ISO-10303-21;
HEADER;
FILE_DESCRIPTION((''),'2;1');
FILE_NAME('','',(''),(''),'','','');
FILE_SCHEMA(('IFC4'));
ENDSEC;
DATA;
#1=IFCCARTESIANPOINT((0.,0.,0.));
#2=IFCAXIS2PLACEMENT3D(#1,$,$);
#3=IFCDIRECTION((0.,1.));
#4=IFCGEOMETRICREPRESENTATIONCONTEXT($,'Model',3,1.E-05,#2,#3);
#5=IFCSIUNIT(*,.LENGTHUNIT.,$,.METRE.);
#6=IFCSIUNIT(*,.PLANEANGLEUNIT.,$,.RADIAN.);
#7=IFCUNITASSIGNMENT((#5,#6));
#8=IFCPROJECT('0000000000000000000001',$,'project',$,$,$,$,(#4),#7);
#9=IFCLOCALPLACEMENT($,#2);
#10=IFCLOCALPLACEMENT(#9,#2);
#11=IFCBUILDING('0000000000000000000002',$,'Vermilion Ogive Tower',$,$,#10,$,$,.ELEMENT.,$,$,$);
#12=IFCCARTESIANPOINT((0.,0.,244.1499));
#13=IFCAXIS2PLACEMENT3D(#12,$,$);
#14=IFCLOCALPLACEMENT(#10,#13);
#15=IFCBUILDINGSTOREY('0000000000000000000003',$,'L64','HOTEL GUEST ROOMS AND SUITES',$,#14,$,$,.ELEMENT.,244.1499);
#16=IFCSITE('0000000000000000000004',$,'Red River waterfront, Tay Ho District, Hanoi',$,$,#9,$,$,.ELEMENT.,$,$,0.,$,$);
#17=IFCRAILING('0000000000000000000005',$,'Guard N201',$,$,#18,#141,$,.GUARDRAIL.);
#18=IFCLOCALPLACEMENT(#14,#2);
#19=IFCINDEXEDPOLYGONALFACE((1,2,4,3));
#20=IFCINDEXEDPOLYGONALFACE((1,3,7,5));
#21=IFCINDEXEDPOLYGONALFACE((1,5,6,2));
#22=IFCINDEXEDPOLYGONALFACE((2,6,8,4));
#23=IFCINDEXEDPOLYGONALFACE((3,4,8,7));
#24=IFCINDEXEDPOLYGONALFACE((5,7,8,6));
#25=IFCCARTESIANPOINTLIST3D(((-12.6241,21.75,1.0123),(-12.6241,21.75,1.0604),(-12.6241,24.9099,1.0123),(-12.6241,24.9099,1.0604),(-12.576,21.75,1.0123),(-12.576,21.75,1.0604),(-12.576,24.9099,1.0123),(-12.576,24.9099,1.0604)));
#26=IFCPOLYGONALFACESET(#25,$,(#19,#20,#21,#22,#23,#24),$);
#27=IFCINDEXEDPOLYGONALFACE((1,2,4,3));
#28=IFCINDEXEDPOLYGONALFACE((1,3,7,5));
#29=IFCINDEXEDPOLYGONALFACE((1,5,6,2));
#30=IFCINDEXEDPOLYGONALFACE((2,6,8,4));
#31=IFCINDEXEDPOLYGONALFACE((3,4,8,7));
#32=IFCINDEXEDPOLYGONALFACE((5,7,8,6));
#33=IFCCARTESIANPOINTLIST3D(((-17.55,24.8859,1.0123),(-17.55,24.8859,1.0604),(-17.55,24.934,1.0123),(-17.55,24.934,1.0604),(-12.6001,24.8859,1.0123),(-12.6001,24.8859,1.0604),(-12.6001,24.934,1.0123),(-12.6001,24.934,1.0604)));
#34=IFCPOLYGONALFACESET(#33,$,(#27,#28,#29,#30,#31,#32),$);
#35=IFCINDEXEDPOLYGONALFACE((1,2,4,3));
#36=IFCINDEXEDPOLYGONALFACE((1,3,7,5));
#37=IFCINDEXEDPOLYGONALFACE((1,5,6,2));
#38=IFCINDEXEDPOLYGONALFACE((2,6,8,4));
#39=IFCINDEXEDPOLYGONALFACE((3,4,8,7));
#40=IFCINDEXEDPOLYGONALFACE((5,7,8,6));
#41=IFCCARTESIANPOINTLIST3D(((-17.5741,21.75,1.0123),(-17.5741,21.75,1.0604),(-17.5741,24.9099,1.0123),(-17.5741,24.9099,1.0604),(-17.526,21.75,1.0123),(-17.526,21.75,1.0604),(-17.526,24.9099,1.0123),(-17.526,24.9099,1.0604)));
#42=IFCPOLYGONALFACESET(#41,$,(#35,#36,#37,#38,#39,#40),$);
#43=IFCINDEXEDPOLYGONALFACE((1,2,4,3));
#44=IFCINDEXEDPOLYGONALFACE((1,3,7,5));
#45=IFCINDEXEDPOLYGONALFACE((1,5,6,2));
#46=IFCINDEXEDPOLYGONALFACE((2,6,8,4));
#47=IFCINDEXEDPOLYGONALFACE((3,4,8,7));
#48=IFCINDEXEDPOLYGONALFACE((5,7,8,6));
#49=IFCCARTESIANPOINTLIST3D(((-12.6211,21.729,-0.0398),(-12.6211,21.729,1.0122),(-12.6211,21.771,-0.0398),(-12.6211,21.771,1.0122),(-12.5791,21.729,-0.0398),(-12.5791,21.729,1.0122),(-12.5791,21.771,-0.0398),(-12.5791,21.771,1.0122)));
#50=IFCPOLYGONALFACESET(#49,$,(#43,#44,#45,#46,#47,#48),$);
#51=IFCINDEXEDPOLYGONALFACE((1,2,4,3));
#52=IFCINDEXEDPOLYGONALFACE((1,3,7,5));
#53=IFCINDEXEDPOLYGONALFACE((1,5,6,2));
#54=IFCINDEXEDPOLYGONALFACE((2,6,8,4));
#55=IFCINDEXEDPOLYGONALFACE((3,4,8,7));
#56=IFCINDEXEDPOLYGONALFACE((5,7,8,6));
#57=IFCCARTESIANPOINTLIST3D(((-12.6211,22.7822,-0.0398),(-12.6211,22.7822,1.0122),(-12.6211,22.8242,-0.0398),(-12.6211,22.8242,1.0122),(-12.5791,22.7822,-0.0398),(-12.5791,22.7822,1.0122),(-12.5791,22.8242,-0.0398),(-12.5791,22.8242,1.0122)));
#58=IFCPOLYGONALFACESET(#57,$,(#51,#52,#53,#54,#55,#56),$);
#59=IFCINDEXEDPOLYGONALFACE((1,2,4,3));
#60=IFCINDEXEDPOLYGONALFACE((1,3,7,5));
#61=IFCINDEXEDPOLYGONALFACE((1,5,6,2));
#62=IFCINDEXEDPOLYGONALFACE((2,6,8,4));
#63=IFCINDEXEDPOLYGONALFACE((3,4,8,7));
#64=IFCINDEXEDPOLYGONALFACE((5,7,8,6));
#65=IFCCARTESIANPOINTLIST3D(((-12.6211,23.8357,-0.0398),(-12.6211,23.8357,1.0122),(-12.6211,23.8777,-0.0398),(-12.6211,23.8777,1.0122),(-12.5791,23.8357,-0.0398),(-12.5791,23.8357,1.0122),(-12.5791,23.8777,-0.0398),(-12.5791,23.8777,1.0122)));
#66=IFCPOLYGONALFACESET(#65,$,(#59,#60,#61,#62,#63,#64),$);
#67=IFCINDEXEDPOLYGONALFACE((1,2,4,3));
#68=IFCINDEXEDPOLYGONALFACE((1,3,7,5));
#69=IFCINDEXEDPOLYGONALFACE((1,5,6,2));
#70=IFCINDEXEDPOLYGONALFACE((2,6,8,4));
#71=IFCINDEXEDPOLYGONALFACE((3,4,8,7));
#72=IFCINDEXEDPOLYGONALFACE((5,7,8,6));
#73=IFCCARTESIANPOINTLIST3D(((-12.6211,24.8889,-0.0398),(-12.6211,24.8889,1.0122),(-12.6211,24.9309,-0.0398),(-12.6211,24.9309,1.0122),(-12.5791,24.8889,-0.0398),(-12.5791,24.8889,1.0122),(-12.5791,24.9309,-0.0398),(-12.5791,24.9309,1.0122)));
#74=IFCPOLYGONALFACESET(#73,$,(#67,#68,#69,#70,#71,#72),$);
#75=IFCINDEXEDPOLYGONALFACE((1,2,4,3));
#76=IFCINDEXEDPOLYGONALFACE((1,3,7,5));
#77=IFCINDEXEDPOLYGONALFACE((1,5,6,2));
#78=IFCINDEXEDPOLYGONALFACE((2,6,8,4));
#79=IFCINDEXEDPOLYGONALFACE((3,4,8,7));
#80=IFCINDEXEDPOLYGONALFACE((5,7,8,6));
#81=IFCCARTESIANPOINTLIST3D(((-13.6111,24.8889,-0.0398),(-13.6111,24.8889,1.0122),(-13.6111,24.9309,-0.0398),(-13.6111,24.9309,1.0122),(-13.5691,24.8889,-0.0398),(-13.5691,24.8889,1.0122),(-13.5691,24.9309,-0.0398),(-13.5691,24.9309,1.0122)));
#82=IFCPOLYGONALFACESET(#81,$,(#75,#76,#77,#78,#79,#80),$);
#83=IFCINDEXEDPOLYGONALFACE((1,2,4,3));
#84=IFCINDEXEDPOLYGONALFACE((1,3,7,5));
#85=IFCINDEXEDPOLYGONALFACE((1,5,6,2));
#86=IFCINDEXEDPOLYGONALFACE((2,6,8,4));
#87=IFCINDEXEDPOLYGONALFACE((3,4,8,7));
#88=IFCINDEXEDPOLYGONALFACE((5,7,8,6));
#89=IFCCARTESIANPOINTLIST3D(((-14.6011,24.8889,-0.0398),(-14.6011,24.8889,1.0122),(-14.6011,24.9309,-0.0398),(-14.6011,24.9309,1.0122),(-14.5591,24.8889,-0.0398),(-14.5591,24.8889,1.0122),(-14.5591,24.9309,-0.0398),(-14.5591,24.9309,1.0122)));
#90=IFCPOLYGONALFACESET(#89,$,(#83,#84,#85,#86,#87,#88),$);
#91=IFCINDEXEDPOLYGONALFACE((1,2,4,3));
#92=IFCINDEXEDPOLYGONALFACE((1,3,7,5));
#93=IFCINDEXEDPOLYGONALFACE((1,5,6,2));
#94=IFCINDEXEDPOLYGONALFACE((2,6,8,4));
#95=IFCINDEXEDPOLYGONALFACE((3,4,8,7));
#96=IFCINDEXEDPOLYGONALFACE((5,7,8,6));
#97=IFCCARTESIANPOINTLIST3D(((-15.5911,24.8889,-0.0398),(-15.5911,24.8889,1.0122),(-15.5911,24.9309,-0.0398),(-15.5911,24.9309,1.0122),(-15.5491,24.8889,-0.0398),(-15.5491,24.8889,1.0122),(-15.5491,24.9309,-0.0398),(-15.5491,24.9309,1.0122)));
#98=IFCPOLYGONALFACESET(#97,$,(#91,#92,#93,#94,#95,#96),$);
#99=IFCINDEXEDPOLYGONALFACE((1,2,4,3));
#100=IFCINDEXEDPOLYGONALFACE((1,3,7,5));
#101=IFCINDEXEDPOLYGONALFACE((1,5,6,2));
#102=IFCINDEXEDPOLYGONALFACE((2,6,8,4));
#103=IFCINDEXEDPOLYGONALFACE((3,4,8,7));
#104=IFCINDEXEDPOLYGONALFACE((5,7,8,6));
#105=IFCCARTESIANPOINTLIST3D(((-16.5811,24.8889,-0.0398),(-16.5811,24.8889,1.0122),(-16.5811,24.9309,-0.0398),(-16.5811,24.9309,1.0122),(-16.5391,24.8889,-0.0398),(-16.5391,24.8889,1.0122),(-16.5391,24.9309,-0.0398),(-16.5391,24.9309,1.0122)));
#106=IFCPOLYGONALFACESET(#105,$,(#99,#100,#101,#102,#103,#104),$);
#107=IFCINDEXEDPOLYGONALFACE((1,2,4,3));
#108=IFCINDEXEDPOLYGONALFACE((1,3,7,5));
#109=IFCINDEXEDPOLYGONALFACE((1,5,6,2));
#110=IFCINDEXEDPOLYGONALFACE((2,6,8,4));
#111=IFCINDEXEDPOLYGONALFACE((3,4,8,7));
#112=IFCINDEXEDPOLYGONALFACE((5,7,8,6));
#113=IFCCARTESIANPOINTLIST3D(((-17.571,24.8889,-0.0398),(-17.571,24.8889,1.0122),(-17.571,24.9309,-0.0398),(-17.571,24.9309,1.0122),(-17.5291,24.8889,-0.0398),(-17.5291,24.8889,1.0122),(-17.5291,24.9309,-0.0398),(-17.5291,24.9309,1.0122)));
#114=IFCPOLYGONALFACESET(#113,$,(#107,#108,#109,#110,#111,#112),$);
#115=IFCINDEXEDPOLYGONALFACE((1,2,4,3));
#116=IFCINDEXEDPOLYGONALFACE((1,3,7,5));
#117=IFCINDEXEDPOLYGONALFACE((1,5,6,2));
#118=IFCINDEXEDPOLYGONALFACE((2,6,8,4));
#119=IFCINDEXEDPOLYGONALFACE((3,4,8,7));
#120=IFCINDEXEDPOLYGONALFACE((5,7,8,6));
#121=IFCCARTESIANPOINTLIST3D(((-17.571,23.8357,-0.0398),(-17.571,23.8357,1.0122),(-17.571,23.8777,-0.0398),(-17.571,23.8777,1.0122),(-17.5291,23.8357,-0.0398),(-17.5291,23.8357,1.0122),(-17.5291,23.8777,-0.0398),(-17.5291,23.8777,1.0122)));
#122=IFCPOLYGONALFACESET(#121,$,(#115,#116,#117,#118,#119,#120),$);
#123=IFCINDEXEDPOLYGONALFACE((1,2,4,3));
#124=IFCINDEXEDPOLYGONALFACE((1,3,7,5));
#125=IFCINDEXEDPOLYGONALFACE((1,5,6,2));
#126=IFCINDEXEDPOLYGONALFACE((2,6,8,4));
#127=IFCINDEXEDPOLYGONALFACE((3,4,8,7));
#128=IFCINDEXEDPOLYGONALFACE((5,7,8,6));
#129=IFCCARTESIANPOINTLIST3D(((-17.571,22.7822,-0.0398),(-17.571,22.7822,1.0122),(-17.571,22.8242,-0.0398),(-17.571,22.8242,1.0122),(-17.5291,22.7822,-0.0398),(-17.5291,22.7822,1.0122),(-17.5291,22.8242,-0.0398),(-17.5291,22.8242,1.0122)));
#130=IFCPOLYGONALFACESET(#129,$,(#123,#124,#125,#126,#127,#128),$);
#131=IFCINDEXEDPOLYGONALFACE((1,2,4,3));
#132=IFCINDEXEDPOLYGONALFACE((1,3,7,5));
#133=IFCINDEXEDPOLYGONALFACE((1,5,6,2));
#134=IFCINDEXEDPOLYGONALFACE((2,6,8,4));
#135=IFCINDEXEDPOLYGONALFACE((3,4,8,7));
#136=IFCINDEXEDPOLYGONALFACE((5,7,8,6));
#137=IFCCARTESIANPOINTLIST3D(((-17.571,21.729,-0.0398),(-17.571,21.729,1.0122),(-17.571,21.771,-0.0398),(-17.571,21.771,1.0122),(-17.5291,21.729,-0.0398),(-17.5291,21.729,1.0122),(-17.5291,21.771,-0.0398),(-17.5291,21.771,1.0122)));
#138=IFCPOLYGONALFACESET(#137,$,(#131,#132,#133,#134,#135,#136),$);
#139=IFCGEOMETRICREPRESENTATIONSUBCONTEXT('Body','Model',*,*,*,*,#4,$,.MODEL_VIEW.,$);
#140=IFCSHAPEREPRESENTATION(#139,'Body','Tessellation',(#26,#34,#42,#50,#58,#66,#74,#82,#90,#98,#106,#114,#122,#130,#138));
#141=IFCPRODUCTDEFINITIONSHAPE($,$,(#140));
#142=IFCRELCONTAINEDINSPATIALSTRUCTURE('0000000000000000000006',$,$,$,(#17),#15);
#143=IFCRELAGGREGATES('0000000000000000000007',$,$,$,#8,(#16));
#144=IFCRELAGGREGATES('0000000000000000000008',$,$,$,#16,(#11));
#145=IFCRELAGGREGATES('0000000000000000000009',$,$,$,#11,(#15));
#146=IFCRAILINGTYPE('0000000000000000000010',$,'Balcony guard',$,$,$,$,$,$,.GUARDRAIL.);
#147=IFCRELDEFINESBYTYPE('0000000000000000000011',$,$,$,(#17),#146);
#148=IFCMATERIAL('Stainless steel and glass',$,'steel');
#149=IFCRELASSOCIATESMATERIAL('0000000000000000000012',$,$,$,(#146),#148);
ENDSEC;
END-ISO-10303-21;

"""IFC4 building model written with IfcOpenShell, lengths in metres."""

from ifc_helpers import new_model, si_unit, direction, frame, origin, origin_2d, place, context, subcontext, project, spatial, rectangle, extrude, material, type_object, element, save


model = new_model("IFC4")

# Units and contexts
model_context = context("Model", 3, precision=1e-05, world=origin(), true_north=direction((0.0, 1.0)))
body_context = subcontext(model_context, "Body", "Model", "MODEL_VIEW")
ifc_project = project(units=[si_unit("LENGTHUNIT", "METRE"), si_unit("PLANEANGLEUNIT", "RADIAN")], contexts=[model_context])

# Site, building, storey
site_placement = place(None, origin())
site = spatial("IfcSite", under=ifc_project, at=site_placement, Name="Red River waterfront, Tay Ho District, Hanoi", CompositionType="ELEMENT", RefElevation=0.0)
building_placement = place(site_placement, origin())
building = spatial("IfcBuilding", under=site, at=building_placement, Name="Vermilion Ogive Tower", CompositionType="ELEMENT")
storey_placement = place(building_placement, frame((0.0, 0.0, 244.1499)))
storey = spatial("IfcBuildingStorey", under=building, at=storey_placement, Name="L64", Description="HOTEL GUEST ROOMS AND SUITES", CompositionType="ELEMENT", Elevation=244.1499)

# Railing
ifc_material_1 = material(Name="Stainless steel and glass", Category="steel")
railing_type = type_object("IfcRailingType", Name="Balcony guard", PredefinedType="GUARDRAIL", material=ifc_material_1)
railing_placement = place(storey_placement, frame((-12.6001, 21.75, -0.0398)))
element("IfcRailing", 1, at=railing_placement, inside=storey, type_object=railing_type, Name="Guard N201", PredefinedType="GUARDRAIL", context=body_context, shape_type="SweptSolid", body=[
    extrude(rectangle(XDim=0.0481, YDim=0.0481, at=origin_2d()), frame((0.0, 0.0, 1.0762), z_axis=(0.0, 1.0, 0.0), x_axis=(-1.0, 0.0, 0.0)), (0.0, 0.0, 1.0), 3.1599),
    extrude(rectangle(XDim=0.0481, YDim=0.0481, at=origin_2d()), frame((0.0, 3.1599, 1.0762), z_axis=(-1.0, 0.0, 0.0), x_axis=(0.0, -1.0, 0.0)), (0.0, 0.0, 1.0), 4.95),
    extrude(rectangle(XDim=0.0481, YDim=0.0481, at=origin_2d()), frame((-4.95, 3.1599, 1.0762), z_axis=(0.0, -1.0, 0.0), x_axis=(1.0, 0.0, 0.0)), (0.0, 0.0, 1.0), 3.1599),
    extrude(rectangle(XDim=0.042, YDim=0.042, at=origin_2d()), origin(), (0.0, 0.0, 1.0), 1.052),
    extrude(rectangle(XDim=0.042, YDim=0.042, at=origin_2d()), frame((0.0, 1.0532, 0.0)), (0.0, 0.0, 1.0), 1.052),
    extrude(rectangle(XDim=0.042, YDim=0.042, at=origin_2d()), frame((0.0, 2.1067, 0.0)), (0.0, 0.0, 1.0), 1.052),
    extrude(rectangle(XDim=0.042, YDim=0.042, at=origin_2d()), frame((0.0, 3.1599, 0.0)), (0.0, 0.0, 1.0), 1.052),
    extrude(rectangle(XDim=0.042, YDim=0.042, at=origin_2d()), frame((-0.99, 3.1599, 0.0)), (0.0, 0.0, 1.0), 1.052),
    extrude(rectangle(XDim=0.042, YDim=0.042, at=origin_2d()), frame((-1.98, 3.1599, 0.0)), (0.0, 0.0, 1.0), 1.052),
    extrude(rectangle(XDim=0.042, YDim=0.042, at=origin_2d()), frame((-2.97, 3.1599, 0.0)), (0.0, 0.0, 1.0), 1.052),
    extrude(rectangle(XDim=0.042, YDim=0.042, at=origin_2d()), frame((-3.96, 3.1599, 0.0)), (0.0, 0.0, 1.0), 1.052),
    extrude(rectangle(XDim=0.042, YDim=0.042, at=origin_2d()), frame((-4.95, 3.1599, 0.0)), (0.0, 0.0, 1.0), 1.052),
    extrude(rectangle(XDim=0.042, YDim=0.042, at=origin_2d()), frame((-4.95, 2.1067, 0.0)), (0.0, 0.0, 1.0), 1.052),
    extrude(rectangle(XDim=0.042, YDim=0.042, at=origin_2d()), frame((-4.95, 1.0532, 0.0)), (0.0, 0.0, 1.0), 1.052),
    extrude(rectangle(XDim=0.042, YDim=0.042, at=origin_2d()), frame((-4.95, 0.0, 0.0)), (0.0, 0.0, 1.0), 1.052),
])

save(model, "model.ifc")
